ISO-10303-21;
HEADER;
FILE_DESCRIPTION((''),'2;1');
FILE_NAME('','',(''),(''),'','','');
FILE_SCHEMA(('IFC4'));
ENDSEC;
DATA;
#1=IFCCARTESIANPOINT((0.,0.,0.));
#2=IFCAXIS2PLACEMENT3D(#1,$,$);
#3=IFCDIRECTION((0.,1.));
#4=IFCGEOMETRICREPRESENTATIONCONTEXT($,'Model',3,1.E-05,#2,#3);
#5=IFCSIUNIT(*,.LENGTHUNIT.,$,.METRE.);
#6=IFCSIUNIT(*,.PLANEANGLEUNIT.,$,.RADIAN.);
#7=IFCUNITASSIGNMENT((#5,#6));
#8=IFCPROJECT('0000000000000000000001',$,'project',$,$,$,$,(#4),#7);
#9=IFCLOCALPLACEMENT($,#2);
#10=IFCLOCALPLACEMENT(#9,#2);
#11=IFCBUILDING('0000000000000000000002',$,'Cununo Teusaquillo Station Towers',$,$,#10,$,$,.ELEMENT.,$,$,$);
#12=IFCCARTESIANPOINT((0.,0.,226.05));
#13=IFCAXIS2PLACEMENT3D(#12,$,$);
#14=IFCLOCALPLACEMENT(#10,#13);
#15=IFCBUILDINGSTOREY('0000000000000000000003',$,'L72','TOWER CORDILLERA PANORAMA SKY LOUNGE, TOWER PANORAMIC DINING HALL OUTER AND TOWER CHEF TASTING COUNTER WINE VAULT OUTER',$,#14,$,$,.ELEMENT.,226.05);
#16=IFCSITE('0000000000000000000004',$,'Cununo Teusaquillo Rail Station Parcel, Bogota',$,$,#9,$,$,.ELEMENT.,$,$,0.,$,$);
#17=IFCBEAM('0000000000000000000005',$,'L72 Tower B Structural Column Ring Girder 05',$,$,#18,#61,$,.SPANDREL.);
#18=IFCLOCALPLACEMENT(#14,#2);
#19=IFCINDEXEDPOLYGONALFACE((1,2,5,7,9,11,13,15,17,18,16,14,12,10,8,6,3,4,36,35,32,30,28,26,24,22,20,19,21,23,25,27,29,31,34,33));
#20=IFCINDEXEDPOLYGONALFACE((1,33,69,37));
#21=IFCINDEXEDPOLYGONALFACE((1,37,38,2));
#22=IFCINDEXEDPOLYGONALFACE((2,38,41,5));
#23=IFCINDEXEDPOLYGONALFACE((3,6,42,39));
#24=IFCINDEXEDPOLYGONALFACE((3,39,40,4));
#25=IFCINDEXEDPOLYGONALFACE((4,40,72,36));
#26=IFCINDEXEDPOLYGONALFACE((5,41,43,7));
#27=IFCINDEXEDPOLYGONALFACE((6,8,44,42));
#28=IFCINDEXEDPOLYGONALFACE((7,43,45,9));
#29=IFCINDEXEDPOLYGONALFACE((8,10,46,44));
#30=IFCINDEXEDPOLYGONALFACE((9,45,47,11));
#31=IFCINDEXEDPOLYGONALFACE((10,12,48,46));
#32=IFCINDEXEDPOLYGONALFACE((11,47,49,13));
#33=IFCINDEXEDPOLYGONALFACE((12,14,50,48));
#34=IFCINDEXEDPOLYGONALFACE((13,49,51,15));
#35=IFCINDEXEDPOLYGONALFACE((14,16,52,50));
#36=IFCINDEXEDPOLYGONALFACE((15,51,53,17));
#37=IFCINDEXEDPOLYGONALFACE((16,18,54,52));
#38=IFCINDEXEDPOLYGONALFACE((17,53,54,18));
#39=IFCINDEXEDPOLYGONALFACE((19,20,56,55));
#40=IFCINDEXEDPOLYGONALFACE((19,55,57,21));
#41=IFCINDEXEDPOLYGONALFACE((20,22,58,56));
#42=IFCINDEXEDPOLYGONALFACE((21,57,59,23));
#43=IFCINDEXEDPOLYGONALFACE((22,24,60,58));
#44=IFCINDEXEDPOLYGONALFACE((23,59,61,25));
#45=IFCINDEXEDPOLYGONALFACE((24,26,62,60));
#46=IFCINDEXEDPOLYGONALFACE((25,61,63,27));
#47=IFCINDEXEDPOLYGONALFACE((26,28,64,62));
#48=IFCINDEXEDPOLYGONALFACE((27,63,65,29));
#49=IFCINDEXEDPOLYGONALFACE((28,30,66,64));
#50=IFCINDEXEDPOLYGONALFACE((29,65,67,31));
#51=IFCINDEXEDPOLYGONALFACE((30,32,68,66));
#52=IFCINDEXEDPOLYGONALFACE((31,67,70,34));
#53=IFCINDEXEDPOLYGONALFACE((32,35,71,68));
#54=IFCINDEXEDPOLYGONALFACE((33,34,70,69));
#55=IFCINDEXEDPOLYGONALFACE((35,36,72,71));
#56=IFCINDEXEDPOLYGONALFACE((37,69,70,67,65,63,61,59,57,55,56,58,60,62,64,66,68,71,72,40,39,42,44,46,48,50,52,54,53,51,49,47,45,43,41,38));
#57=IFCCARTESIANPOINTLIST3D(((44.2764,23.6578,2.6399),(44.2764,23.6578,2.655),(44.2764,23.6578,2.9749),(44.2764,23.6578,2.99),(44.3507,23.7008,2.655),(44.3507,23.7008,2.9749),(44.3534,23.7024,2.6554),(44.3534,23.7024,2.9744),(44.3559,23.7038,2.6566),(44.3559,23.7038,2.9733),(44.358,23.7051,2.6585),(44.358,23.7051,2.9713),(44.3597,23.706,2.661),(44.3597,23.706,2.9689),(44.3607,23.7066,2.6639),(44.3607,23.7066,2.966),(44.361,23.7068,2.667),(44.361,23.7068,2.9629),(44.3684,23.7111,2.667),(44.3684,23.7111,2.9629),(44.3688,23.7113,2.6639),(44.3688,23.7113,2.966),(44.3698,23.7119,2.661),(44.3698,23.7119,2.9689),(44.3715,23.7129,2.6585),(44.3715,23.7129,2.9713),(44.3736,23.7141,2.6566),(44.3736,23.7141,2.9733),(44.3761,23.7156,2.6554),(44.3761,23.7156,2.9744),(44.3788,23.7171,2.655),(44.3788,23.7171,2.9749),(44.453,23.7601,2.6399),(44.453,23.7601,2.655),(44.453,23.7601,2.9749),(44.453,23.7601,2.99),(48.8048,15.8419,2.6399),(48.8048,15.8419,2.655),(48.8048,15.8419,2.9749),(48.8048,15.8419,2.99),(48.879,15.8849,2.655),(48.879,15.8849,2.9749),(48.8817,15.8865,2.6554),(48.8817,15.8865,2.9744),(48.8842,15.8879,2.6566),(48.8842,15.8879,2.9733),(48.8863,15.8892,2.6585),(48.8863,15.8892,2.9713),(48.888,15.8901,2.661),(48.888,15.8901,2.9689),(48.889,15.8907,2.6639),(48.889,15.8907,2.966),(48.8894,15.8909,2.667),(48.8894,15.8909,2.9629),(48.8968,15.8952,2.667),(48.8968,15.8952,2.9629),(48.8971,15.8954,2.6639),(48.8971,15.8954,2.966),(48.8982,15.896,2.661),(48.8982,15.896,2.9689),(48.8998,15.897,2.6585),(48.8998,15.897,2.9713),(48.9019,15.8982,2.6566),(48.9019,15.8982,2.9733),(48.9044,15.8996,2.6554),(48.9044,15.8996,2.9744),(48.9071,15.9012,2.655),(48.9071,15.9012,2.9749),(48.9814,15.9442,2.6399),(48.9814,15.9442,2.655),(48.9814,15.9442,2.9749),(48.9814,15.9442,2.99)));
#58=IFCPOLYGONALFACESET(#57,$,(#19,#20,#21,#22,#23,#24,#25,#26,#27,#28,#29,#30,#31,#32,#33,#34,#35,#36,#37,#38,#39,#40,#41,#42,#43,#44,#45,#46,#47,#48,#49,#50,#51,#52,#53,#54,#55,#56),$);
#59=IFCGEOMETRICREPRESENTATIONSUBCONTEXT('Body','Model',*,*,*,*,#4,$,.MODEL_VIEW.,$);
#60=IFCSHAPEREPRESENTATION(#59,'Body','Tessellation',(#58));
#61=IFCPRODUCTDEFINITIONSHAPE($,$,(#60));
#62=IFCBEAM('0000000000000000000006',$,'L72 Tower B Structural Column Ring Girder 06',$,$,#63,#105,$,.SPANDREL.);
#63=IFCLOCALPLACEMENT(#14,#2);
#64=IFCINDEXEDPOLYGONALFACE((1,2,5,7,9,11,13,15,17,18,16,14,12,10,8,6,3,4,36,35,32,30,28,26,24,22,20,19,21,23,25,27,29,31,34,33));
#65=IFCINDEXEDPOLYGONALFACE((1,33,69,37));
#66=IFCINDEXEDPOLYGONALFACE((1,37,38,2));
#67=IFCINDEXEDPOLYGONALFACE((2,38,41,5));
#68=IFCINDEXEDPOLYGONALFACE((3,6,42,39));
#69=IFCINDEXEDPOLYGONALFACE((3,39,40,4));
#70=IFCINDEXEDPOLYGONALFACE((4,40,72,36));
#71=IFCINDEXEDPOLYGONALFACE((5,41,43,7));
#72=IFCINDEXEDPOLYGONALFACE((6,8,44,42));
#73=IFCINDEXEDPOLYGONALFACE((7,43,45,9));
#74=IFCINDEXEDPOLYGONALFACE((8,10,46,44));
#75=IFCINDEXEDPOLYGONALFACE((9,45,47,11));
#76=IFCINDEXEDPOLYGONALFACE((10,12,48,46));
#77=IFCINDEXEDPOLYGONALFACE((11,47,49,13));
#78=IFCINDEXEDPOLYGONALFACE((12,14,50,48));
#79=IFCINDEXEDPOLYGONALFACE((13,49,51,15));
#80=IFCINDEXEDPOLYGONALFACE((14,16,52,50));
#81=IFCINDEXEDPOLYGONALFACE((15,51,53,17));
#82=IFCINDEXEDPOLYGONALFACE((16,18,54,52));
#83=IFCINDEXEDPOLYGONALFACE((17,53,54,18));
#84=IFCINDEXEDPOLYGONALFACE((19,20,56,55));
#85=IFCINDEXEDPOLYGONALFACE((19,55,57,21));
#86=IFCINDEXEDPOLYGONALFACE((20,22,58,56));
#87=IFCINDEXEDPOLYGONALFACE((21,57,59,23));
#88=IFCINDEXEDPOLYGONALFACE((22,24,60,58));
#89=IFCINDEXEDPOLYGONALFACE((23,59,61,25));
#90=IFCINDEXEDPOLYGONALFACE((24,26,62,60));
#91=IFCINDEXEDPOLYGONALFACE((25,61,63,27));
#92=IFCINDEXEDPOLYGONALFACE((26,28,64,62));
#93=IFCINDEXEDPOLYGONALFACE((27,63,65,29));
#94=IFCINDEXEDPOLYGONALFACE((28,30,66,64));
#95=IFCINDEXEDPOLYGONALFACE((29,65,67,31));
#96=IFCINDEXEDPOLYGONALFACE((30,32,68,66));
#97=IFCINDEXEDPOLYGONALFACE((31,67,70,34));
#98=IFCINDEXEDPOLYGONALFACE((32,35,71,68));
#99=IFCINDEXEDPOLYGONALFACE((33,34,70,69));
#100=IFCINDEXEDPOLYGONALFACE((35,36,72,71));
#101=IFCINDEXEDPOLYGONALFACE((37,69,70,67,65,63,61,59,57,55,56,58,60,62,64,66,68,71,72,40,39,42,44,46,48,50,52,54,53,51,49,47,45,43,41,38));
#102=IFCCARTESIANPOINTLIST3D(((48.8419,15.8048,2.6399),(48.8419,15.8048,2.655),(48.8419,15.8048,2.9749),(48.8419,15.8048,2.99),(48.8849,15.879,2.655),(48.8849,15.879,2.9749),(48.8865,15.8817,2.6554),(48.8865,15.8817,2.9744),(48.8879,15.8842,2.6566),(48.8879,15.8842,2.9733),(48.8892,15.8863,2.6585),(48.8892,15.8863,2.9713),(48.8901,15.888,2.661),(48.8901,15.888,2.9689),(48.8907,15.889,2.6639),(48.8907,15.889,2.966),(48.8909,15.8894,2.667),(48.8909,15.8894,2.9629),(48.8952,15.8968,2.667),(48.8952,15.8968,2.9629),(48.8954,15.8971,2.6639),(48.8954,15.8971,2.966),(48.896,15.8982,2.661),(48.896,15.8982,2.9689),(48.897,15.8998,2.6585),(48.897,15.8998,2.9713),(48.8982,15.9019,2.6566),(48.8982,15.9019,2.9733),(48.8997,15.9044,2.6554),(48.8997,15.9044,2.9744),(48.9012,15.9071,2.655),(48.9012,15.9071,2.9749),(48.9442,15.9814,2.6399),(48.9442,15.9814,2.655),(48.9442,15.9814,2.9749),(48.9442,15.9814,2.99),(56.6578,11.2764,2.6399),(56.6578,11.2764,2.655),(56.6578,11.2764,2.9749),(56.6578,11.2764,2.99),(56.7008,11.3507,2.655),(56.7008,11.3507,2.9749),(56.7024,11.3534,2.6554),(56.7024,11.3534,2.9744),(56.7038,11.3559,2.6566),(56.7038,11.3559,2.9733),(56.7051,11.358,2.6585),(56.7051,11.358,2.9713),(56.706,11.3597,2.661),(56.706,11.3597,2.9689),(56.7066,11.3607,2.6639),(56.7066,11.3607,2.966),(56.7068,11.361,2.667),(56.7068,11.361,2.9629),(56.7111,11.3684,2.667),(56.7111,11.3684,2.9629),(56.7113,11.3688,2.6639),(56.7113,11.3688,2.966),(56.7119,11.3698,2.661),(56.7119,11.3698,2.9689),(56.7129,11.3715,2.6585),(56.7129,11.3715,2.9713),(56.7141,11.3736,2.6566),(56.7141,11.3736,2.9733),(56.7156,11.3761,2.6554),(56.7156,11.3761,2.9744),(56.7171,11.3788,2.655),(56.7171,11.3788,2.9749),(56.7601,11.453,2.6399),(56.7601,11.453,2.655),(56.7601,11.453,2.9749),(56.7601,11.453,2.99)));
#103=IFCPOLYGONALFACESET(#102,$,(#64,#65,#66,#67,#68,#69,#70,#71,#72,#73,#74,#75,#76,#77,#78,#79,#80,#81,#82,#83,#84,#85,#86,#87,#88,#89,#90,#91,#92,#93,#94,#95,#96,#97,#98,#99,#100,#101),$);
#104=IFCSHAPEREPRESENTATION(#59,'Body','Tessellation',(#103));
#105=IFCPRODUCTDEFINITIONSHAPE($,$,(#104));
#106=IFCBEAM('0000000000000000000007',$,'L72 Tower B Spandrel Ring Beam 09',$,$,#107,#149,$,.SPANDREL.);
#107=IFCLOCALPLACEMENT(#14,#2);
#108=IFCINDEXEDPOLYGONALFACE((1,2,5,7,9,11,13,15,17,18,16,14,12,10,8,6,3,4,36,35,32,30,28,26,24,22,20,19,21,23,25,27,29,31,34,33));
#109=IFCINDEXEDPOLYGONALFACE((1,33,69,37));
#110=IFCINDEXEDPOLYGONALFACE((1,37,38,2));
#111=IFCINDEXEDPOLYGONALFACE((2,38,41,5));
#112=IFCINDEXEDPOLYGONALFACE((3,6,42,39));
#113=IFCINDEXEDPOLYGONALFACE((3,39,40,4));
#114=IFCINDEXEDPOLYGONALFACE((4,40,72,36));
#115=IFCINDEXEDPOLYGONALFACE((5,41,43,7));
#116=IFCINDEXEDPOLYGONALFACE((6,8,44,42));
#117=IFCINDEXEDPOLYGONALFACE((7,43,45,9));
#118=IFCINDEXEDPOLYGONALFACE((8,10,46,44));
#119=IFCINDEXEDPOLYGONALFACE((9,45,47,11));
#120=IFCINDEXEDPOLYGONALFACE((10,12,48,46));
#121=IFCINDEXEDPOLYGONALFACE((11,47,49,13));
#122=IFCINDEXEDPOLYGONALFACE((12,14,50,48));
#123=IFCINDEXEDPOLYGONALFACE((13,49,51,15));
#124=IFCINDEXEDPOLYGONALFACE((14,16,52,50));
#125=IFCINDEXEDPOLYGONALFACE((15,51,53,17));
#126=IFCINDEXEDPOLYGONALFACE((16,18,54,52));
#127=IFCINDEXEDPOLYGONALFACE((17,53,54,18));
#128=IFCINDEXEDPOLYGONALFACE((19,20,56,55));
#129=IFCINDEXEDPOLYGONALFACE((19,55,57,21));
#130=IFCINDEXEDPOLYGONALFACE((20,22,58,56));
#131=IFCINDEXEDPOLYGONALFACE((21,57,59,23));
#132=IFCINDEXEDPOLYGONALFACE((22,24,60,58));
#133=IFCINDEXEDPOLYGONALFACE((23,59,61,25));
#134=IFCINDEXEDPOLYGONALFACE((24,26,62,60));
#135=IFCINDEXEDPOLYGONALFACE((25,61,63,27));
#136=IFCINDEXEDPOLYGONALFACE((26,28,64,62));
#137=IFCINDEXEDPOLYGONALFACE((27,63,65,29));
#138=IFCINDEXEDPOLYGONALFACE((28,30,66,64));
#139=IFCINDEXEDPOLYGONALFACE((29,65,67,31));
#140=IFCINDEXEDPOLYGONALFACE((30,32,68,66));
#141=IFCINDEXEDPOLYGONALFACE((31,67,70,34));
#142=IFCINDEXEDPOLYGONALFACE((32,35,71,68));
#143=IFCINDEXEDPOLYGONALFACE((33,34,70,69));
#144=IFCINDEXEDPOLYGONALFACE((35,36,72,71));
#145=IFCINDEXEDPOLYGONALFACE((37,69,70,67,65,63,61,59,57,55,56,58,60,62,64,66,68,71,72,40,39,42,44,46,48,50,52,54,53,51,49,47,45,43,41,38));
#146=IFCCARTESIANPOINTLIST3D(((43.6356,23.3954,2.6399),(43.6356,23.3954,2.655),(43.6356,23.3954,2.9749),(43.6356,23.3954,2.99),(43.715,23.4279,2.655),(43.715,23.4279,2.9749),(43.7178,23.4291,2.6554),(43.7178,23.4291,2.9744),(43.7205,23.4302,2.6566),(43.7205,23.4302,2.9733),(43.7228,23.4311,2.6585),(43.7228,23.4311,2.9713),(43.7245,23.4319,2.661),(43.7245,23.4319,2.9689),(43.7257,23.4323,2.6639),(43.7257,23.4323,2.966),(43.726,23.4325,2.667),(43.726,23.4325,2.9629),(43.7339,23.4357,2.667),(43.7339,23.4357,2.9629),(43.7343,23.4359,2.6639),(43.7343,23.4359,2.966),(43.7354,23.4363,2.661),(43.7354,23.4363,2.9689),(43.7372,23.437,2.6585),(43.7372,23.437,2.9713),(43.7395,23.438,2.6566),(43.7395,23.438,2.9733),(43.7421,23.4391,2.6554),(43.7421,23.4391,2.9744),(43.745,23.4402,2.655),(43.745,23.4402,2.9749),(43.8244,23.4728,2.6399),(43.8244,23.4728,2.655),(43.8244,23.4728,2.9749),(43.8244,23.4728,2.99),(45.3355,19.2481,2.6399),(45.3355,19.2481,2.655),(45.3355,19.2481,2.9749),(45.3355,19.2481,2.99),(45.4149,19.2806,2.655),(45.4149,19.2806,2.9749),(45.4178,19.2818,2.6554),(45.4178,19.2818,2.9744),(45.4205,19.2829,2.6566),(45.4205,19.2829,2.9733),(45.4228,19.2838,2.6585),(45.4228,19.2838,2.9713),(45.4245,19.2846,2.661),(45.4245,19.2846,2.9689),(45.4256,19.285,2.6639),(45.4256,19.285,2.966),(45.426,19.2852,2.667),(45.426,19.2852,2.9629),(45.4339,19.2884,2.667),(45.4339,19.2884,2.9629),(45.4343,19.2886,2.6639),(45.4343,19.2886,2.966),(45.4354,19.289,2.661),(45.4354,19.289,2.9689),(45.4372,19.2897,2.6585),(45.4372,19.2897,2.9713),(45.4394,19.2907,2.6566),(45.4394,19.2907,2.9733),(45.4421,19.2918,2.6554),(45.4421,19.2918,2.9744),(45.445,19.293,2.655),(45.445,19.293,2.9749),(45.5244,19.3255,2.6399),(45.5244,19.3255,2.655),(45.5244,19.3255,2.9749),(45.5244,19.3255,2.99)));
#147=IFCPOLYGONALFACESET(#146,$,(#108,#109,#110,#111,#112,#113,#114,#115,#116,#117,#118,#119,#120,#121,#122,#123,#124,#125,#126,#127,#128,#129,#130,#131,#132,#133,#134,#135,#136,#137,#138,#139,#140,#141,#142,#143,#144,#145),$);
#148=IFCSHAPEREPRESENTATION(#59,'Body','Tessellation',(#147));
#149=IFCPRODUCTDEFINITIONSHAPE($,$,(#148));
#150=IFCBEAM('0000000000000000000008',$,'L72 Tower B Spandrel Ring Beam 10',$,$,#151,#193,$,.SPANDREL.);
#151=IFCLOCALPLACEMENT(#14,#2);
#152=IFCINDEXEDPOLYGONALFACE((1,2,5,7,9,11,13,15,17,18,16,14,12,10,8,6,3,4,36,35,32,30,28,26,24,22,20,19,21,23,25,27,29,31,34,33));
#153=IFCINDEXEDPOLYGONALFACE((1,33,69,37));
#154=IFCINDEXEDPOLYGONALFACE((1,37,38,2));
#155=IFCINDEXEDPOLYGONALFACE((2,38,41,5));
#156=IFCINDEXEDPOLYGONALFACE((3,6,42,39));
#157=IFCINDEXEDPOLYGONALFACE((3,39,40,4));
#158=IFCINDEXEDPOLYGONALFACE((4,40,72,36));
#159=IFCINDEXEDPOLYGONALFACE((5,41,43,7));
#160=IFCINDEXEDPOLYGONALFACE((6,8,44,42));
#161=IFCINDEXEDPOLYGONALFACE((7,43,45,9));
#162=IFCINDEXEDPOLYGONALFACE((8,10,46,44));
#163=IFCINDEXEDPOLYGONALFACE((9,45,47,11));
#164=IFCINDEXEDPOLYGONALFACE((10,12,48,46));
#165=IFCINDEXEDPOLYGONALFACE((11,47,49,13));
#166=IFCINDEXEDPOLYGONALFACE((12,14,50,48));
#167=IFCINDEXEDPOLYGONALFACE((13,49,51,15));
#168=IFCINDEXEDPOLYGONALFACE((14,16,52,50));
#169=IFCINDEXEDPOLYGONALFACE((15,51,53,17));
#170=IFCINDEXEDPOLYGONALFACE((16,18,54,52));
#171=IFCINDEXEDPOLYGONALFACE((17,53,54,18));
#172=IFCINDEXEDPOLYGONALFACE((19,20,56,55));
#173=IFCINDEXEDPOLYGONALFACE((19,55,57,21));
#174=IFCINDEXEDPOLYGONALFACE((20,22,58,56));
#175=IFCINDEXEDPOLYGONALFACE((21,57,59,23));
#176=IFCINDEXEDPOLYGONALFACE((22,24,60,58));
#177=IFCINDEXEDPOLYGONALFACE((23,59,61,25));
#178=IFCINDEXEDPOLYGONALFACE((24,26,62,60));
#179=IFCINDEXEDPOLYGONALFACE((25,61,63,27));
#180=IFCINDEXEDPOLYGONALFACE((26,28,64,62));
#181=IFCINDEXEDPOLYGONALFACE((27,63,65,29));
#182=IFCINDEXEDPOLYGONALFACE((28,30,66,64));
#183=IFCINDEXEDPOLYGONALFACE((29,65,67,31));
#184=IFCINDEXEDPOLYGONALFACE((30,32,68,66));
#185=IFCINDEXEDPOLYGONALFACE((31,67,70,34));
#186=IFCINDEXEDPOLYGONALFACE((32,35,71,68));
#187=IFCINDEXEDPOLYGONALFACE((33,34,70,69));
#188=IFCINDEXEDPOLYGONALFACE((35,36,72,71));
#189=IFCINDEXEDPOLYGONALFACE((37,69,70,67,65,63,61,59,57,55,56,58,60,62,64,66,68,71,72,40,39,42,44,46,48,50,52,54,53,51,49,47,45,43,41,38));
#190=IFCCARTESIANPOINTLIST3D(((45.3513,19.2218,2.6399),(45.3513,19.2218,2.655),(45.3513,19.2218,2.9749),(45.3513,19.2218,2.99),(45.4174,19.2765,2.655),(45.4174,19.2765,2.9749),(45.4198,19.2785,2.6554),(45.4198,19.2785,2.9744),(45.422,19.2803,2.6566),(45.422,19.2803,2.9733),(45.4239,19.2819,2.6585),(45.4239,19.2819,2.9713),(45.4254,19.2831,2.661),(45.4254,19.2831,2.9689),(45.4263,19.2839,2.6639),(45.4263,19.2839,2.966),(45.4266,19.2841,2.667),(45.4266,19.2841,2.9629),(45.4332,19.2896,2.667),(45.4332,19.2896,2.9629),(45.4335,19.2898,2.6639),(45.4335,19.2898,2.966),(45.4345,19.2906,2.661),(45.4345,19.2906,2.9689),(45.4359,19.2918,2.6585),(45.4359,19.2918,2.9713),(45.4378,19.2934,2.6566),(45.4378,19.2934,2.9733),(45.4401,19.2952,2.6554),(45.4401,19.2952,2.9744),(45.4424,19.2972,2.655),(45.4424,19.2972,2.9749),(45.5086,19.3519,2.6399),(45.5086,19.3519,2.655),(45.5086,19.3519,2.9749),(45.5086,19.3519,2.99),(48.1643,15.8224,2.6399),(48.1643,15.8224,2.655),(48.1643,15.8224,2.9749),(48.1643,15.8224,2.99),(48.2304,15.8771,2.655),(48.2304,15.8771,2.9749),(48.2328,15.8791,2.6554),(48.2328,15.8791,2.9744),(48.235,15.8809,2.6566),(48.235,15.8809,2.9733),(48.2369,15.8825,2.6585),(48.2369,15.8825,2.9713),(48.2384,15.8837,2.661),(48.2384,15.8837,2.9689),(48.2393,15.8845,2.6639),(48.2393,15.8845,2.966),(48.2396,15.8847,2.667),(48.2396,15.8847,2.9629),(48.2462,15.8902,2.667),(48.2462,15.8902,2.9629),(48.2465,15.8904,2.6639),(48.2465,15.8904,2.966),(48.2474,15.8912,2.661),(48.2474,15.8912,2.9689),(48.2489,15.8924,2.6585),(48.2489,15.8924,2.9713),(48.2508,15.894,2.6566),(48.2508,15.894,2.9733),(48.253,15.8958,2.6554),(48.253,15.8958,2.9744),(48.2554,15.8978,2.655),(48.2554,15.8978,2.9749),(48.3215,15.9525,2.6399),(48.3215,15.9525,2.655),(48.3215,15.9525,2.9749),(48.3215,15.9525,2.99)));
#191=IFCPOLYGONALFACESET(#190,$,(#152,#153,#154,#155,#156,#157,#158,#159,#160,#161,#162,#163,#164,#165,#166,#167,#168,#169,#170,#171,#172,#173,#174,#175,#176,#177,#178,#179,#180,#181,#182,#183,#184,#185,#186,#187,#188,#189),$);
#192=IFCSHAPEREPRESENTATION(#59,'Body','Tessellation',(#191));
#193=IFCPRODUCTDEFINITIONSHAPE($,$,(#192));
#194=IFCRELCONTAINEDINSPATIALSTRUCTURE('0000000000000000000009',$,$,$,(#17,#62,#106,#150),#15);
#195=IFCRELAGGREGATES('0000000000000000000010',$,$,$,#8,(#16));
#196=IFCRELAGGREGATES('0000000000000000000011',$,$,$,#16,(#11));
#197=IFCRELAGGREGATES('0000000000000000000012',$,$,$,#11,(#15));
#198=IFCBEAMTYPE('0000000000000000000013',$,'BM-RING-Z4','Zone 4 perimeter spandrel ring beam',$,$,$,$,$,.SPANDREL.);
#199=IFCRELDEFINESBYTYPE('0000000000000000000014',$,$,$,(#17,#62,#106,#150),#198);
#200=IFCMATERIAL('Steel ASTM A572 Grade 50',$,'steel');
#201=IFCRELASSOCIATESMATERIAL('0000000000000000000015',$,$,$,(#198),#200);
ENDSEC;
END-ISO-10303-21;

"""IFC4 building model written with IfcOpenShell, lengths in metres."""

from ifc_helpers import new_model, si_unit, direction, frame, origin, origin_2d, place, context, subcontext, project, spatial, i_section, extrude, material, material_profile, profile_set, type_object, element, save


model = new_model("IFC4")

# Units and contexts
model_context = context("Model", 3, precision=1e-05, world=origin(), true_north=direction((0.0, 1.0)))
body_context = subcontext(model_context, "Body", "Model", "MODEL_VIEW")
ifc_project = project(units=[si_unit("LENGTHUNIT", "METRE"), si_unit("PLANEANGLEUNIT", "RADIAN")], contexts=[model_context])

# Site, building, storey
site_placement = place(None, origin())
site = spatial("IfcSite", under=ifc_project, at=site_placement, Name="Cununo Teusaquillo Rail Station Parcel, Bogota", CompositionType="ELEMENT", RefElevation=0.0)
building_placement = place(site_placement, origin())
building = spatial("IfcBuilding", under=site, at=building_placement, Name="Cununo Teusaquillo Station Towers", CompositionType="ELEMENT")
storey_placement = place(building_placement, frame((0.0, 0.0, 226.05)))
storey = spatial("IfcBuildingStorey", under=building, at=storey_placement, Name="L72", Description="TOWER CORDILLERA PANORAMA SKY LOUNGE, TOWER PANORAMIC DINING HALL OUTER AND TOWER CHEF TASTING COUNTER WINE VAULT OUTER", CompositionType="ELEMENT", Elevation=226.05)

# Beams
ifc_material_1 = material(Name="Steel ASTM A572 Grade 50", Category="steel")
ifc_material_profile_1 = material_profile(ifc_material_1, i_section(OverallWidth=0.2041, OverallDepth=0.3501, WebThickness=0.0085, FlangeThickness=0.0151, FilletRadius=0.012, at=origin_2d()), Name="W14X48")
ifc_profile_set_1 = profile_set([ifc_material_profile_1], Name="Steel ASTM A572 Grade 50")
beam_type_1 = type_object("IfcBeamType", Name="BM-RING-Z4", Description="Zone 4 perimeter spandrel ring beam", PredefinedType="SPANDREL", material=ifc_profile_set_1)
for number, where, z_axis, x_axis, name in (
    (1, (44.3647, 23.709, 2.8149), (0.501311, -0.865267, 0.0), (0.865267, 0.501311, 0.0), "L72 Tower B Structural Column Ring Girder 05"),
    (2, (48.8931, 15.8931, 2.8149), (0.865267, -0.501311, 0.0), (0.501311, 0.865267, 0.0), "L72 Tower B Structural Column Ring Girder 06"),
):
    element("IfcBeam", number, at=place(storey_placement, frame(where, z_axis=z_axis, x_axis=x_axis)), inside=storey, type_object=beam_type_1, Name=name, PredefinedType="SPANDREL", context=body_context, shape_type="SweptSolid", body=[
        extrude(i_section(OverallWidth=0.2041, OverallDepth=0.3501, WebThickness=0.0085, FlangeThickness=0.0151, FilletRadius=0.012, at=origin_2d()), origin(), (0.0, 0.0, 1.0), 9.033),
    ])
beam_1_placement = place(storey_placement, frame((43.73, 23.4341, 2.8149), z_axis=(0.379275, -0.925284, 0.0), x_axis=(0.925284, 0.379275, 0.0)))
element("IfcBeam", 3, at=beam_1_placement, inside=storey, type_object=beam_type_1, Name="L72 Tower B Spandrel Ring Beam 09", PredefinedType="SPANDREL", context=body_context, shape_type="SweptSolid", body=[
    extrude(i_section(OverallWidth=0.2041, OverallDepth=0.3501, WebThickness=0.0085, FlangeThickness=0.0151, FilletRadius=0.012, at=origin_2d()), origin(), (0.0, 0.0, 1.0), 4.4822),
])
beam_2_placement = place(storey_placement, frame((45.4299, 19.2869, 2.8149), z_axis=(0.637525, -0.77043, 0.0), x_axis=(0.77043, 0.637525, 0.0)))
element("IfcBeam", 4, at=beam_2_placement, inside=storey, type_object=beam_type_1, Name="L72 Tower B Spandrel Ring Beam 10", PredefinedType="SPANDREL", context=body_context, shape_type="SweptSolid", body=[
    extrude(i_section(OverallWidth=0.2041, OverallDepth=0.3501, WebThickness=0.0085, FlangeThickness=0.0151, FilletRadius=0.012, at=origin_2d()), origin(), (0.0, 0.0, 1.0), 4.4124),
])

save(model, "model.ifc")
